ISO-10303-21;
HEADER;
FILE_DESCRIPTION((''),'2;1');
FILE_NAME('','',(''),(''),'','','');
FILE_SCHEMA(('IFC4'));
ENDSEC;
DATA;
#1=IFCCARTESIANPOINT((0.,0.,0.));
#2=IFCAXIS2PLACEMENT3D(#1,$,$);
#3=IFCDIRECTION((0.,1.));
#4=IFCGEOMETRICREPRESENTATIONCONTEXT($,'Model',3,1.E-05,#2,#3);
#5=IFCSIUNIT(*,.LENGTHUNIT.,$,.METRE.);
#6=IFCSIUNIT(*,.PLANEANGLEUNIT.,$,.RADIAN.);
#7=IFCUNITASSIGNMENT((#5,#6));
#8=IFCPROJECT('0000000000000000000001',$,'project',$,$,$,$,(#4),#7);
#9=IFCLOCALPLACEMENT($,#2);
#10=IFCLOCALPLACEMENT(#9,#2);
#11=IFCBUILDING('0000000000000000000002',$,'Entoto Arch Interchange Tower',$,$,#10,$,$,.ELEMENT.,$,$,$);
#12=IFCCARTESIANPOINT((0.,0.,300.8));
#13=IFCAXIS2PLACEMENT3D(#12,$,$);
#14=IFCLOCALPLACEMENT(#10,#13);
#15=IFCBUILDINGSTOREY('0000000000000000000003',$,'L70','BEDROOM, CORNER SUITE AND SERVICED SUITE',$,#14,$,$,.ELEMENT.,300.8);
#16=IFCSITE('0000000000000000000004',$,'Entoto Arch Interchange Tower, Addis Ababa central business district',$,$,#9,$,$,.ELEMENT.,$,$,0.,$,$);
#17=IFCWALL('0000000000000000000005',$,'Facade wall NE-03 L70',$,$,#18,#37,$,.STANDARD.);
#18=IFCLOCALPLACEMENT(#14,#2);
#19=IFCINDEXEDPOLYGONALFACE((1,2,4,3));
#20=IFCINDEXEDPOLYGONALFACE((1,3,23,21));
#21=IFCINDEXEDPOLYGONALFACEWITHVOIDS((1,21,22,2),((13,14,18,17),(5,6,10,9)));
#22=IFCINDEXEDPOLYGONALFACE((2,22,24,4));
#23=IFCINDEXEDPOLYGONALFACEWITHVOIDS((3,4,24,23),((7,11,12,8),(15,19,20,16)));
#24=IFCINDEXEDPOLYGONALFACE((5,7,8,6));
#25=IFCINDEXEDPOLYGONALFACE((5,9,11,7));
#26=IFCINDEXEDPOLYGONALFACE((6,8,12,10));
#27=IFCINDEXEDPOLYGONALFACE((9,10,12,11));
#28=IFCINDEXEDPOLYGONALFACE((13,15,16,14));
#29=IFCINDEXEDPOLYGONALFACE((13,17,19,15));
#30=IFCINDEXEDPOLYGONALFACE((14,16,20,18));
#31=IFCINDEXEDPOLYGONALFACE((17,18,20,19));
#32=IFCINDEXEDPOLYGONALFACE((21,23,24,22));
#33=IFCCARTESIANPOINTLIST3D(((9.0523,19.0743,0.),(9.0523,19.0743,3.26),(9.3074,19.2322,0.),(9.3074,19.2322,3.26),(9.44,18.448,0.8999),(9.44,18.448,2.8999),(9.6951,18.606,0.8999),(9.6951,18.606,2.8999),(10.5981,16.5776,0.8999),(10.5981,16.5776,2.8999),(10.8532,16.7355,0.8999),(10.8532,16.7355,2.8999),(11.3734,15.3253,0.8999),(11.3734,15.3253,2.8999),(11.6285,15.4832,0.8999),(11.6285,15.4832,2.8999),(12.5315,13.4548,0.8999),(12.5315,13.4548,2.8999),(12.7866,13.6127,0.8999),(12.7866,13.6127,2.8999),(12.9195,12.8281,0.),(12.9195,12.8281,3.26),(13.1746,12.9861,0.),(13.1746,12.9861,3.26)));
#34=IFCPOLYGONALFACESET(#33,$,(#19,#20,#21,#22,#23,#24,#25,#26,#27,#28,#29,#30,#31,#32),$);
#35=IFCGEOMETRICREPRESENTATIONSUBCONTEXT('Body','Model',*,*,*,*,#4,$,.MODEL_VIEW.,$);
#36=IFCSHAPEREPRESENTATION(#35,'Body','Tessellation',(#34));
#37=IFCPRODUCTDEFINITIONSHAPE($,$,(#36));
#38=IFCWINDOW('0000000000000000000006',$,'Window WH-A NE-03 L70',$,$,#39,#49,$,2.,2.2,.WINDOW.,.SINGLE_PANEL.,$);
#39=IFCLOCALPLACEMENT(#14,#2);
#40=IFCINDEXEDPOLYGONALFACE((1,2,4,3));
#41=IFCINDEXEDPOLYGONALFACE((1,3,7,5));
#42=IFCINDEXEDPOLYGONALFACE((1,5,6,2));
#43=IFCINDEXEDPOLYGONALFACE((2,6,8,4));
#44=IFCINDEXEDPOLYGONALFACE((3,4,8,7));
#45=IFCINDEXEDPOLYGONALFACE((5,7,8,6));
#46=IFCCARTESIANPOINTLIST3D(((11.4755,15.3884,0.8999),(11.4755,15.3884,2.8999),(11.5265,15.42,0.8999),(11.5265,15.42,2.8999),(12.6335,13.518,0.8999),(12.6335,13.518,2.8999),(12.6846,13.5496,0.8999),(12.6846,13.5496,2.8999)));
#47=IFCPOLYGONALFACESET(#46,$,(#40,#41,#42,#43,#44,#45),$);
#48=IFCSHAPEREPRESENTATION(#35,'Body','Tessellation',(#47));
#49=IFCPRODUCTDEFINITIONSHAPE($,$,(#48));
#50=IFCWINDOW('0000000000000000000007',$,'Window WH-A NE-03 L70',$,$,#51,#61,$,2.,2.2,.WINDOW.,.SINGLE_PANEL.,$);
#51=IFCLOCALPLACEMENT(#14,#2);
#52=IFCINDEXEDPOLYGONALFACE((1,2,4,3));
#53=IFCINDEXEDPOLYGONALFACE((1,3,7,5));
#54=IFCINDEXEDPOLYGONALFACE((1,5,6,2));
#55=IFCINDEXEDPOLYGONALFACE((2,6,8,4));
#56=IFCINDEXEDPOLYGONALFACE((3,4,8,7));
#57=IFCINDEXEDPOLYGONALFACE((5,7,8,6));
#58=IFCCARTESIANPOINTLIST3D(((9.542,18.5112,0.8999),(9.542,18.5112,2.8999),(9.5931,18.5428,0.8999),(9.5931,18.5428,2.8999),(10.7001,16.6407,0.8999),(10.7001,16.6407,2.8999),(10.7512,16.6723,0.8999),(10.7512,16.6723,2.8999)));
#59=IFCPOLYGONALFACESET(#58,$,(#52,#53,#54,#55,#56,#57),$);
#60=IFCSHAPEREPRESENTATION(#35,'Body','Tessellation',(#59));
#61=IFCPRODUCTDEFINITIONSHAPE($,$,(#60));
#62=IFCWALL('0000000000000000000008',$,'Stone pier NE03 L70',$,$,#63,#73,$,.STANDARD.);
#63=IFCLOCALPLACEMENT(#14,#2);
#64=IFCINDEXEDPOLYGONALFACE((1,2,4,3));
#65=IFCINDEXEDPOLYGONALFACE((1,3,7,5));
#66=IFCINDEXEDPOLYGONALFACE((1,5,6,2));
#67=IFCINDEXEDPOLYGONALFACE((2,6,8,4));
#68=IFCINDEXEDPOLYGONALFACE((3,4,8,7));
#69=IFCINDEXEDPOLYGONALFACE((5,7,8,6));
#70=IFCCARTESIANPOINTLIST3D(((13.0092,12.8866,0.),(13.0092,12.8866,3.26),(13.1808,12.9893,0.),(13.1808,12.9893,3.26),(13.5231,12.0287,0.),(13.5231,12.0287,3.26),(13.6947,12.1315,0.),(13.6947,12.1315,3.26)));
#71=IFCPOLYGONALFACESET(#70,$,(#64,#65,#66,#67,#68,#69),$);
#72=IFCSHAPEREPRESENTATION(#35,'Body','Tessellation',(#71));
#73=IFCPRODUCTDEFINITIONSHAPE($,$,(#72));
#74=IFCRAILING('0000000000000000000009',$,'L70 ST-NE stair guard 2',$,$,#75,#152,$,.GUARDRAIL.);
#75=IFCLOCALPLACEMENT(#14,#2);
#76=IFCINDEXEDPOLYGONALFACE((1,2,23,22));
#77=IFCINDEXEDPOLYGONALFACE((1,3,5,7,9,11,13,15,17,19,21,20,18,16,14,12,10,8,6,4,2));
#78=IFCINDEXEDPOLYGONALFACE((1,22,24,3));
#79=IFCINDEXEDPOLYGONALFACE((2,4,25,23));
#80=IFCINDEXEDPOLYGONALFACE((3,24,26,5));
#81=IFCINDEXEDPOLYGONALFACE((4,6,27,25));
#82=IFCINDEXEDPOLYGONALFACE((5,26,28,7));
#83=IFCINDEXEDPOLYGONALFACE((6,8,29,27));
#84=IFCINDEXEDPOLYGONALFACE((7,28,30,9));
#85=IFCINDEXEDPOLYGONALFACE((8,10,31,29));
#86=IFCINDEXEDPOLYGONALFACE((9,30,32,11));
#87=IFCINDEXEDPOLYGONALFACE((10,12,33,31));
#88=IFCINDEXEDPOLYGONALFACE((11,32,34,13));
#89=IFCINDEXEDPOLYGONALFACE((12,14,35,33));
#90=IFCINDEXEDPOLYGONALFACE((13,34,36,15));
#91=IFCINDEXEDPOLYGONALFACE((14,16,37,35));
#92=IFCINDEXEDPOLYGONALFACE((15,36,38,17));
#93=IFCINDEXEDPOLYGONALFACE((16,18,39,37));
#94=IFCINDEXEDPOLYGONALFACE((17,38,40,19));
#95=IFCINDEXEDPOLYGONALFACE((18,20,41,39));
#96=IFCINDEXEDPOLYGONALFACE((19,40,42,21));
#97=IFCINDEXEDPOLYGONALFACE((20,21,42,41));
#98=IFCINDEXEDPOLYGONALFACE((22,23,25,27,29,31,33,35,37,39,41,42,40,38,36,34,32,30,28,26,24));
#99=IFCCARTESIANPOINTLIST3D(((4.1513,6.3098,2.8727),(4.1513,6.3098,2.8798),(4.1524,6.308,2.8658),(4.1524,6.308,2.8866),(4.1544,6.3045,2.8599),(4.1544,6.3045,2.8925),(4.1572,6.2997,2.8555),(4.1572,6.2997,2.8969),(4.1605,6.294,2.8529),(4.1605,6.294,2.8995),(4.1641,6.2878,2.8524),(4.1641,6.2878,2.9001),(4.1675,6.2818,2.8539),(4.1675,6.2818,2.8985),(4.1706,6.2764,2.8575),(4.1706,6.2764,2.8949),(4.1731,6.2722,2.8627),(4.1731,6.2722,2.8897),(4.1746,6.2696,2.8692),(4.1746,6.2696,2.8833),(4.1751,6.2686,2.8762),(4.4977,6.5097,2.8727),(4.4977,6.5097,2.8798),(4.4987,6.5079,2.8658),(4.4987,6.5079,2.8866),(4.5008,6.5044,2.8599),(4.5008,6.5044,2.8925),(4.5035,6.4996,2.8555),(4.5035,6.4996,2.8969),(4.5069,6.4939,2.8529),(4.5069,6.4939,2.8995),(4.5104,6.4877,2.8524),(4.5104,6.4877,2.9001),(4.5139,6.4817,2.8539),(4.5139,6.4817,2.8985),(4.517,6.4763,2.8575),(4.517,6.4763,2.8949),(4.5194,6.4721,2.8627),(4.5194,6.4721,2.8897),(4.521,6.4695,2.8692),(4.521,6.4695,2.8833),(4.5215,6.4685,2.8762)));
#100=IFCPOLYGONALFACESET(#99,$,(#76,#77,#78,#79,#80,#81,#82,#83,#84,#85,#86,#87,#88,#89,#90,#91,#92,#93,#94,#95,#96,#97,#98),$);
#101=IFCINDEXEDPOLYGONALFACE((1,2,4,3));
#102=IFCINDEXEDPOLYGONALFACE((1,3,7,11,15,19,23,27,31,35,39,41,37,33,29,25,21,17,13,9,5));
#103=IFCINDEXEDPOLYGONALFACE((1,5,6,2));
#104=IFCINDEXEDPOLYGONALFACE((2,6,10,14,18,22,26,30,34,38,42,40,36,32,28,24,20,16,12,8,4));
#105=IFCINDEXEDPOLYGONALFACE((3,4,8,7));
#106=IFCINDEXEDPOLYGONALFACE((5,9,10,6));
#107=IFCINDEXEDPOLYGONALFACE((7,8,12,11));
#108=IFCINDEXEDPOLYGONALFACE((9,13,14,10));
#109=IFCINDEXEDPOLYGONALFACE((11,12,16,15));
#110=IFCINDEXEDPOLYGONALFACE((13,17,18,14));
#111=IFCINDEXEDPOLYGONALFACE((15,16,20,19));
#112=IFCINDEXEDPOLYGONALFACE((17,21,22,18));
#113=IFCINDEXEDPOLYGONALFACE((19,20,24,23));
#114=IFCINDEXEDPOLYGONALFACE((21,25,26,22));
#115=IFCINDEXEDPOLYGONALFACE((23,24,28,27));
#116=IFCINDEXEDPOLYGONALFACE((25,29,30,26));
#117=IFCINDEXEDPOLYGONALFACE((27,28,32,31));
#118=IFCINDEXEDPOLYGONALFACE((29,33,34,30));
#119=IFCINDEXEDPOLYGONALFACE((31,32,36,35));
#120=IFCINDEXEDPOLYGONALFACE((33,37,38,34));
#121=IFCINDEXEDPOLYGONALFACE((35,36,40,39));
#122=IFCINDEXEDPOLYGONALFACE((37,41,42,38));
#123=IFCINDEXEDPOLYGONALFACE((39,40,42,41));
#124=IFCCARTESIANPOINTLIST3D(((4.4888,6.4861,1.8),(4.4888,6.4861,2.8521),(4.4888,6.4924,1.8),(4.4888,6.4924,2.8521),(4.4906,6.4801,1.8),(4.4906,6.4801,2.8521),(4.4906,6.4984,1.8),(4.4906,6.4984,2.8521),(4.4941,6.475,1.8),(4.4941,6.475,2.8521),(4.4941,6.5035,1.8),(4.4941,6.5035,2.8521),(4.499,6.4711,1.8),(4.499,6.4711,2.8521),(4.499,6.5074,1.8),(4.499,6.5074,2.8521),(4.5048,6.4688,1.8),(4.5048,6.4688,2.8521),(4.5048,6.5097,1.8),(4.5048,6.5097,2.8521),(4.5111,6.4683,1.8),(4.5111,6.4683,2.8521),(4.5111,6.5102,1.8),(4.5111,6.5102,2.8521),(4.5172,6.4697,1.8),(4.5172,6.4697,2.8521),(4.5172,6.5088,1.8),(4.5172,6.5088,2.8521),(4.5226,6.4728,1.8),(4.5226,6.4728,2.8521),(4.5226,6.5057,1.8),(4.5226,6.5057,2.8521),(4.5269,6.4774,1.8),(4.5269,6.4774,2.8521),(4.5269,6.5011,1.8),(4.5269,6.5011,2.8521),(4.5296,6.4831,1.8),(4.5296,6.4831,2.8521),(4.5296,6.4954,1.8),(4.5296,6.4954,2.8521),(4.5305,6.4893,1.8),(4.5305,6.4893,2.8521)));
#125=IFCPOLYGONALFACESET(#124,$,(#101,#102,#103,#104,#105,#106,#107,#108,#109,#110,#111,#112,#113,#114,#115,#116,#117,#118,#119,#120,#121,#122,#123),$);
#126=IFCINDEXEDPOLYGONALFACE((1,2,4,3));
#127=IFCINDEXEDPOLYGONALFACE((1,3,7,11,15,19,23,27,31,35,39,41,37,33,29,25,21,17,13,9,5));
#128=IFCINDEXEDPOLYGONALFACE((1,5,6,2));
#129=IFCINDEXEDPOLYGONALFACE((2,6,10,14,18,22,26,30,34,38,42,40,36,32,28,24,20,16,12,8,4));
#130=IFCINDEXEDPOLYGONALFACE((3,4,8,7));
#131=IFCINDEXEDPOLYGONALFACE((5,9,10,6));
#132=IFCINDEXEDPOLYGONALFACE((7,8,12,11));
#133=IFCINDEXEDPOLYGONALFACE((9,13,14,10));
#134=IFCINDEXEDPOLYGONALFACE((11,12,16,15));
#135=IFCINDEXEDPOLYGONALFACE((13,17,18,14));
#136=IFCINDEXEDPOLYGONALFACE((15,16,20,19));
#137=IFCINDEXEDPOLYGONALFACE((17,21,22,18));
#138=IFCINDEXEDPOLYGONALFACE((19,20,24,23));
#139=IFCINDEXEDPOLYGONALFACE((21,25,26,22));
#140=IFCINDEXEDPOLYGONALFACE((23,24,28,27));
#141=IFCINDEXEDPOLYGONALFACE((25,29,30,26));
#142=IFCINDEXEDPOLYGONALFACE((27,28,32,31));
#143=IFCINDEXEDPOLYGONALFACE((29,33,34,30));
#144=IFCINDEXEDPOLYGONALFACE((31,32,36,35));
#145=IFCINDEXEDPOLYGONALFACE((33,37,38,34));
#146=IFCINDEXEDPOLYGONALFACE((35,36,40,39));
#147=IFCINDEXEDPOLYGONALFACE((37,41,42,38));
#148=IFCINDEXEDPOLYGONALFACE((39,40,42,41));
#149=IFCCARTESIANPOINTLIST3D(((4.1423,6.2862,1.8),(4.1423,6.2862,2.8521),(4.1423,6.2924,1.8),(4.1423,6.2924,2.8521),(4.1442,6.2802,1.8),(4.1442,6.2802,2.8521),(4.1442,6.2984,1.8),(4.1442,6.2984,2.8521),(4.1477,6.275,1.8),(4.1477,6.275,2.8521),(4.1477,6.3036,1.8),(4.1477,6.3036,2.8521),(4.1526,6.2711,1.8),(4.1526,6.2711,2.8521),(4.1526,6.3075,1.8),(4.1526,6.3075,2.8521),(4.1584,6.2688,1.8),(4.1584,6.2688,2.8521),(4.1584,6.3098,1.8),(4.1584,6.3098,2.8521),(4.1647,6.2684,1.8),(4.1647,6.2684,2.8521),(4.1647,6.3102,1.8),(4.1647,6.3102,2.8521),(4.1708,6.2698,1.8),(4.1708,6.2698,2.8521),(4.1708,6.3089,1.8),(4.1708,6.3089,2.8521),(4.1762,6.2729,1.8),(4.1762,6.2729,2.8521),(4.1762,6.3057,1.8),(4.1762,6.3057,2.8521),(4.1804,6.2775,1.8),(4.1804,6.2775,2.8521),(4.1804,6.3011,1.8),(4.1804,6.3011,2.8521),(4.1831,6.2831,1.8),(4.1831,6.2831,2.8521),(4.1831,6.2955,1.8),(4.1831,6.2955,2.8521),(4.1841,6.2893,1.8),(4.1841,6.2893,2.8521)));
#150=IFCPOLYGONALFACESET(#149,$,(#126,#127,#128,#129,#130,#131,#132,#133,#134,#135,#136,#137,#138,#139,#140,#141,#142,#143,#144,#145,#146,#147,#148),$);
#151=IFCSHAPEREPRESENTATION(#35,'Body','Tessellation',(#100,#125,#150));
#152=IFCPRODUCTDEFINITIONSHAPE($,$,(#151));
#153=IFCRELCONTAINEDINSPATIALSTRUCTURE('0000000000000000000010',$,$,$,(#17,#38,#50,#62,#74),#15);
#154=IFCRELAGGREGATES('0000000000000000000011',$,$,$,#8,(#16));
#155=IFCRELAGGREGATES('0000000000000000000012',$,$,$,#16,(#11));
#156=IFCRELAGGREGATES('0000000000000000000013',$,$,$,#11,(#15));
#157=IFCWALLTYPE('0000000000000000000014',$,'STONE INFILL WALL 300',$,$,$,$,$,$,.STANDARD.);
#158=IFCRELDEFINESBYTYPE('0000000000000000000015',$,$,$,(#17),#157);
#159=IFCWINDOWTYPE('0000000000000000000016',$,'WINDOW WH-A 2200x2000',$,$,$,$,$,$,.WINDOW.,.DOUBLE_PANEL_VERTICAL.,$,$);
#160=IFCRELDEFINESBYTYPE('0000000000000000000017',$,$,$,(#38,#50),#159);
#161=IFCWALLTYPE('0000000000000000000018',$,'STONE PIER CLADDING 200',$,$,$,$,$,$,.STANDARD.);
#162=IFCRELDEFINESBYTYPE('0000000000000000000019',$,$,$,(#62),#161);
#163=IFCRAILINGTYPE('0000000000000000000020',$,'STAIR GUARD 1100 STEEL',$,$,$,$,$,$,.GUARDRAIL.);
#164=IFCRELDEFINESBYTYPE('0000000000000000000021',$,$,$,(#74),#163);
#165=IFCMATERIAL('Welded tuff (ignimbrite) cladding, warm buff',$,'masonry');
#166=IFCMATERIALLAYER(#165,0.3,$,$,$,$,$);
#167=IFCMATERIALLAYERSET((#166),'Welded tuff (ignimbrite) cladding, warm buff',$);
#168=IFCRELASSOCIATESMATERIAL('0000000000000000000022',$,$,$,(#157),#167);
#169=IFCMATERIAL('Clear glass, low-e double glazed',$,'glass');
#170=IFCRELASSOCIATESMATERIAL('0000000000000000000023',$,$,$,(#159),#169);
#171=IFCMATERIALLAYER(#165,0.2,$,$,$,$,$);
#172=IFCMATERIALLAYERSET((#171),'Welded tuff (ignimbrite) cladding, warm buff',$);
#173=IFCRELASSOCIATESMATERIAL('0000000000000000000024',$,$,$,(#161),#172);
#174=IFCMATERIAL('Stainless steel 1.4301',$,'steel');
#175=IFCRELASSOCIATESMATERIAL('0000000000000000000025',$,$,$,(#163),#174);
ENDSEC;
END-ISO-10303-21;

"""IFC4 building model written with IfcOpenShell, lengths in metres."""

from ifc_helpers import new_model, si_unit, direction, frame, frame_2d, origin, origin_2d, place, context, subcontext, project, spatial, rectangle, circle, extrude, material, layer, layer_set, type_object, element, fill, save


model = new_model("IFC4")

# Units and contexts
model_context = context("Model", 3, precision=1e-05, world=origin(), true_north=direction((0.0, 1.0)))
body_context = subcontext(model_context, "Body", "Model", "MODEL_VIEW")
ifc_project = project(units=[si_unit("LENGTHUNIT", "METRE"), si_unit("PLANEANGLEUNIT", "RADIAN")], contexts=[model_context])

# Site, building, storey
site_placement = place(None, origin())
site = spatial("IfcSite", under=ifc_project, at=site_placement, Name="Entoto Arch Interchange Tower, Addis Ababa central business district", CompositionType="ELEMENT", RefElevation=0.0)
building_placement = place(site_placement, origin())
building = spatial("IfcBuilding", under=site, at=building_placement, Name="Entoto Arch Interchange Tower", CompositionType="ELEMENT")
storey_placement = place(building_placement, frame((0.0, 0.0, 300.8)))
storey = spatial("IfcBuildingStorey", under=building, at=storey_placement, Name="L70", Description="BEDROOM, CORNER SUITE AND SERVICED SUITE", CompositionType="ELEMENT", Elevation=300.8)

# Wall, openings, windows
ifc_material_1 = material(Name="Welded tuff (ignimbrite) cladding, warm buff", Category="masonry")
ifc_layer_1 = layer(ifc_material_1, 0.3)
ifc_layer_set_1 = layer_set([ifc_layer_1], Name="Welded tuff (ignimbrite) cladding, warm buff")
wall_type_1 = type_object("IfcWallType", Name="STONE INFILL WALL 300", PredefinedType="STANDARD", material=ifc_layer_set_1)
wall_1_placement = place(storey_placement, frame((13.0471, 12.907, 0.0), z_axis=(0.0, 0.0, 1.0), x_axis=(-0.52641, 0.850231, 0.0)))
wall_1 = element("IfcWall", 1, at=wall_1_placement, inside=storey, type_object=wall_type_1, Name="Facade wall NE-03 L70", PredefinedType="STANDARD", context=body_context, shape_type="SweptSolid", body=[
    extrude(rectangle(XDim=7.3464, YDim=0.3, at=frame_2d((3.6733, 0.0))), origin(), (0.0, 0.0, 1.0), 3.26),
])
opening_1_placement = place(wall_1_placement, frame((0.7371, 0.0, 0.8999)))
opening_1 = element("IfcOpeningElement", 2, at=opening_1_placement, cuts=wall_1, PredefinedType="OPENING", context=body_context, shape_type="SweptSolid", body=[
    extrude(rectangle(XDim=2.2, YDim=2.0, at=frame_2d((1.1001, 1.0))), frame((0.0, 0.1602, 0.0), z_axis=(0.0, -1.0, 0.0), x_axis=(1.0, 0.0, 0.0)), (0.0, 0.0, 1.0), 0.3201),
])
opening_2_placement = place(wall_1_placement, frame((4.4099, 0.0, 0.8999)))
opening_2 = element("IfcOpeningElement", 3, at=opening_2_placement, cuts=wall_1, PredefinedType="OPENING", context=body_context, shape_type="SweptSolid", body=[
    extrude(rectangle(XDim=2.2, YDim=2.0, at=frame_2d((1.1001, 1.0))), frame((0.0, 0.1602, 0.0), z_axis=(0.0, -1.0, 0.0), x_axis=(1.0, 0.0, 0.0)), (0.0, 0.0, 1.0), 0.3201),
])
ifc_material_2 = material(Name="Clear glass, low-e double glazed", Category="glass")
window_type = type_object("IfcWindowType", Name="WINDOW WH-A 2200x2000", PartitioningType="DOUBLE_PANEL_VERTICAL", PredefinedType="WINDOW", material=ifc_material_2)
window_1_placement = place(opening_1_placement, origin())
window_1 = element("IfcWindow", 4, at=window_1_placement, inside=storey, type_object=window_type, Name="Window WH-A NE-03 L70", OverallHeight=2.0, OverallWidth=2.2, PartitioningType="SINGLE_PANEL", PredefinedType="WINDOW", context=body_context, shape_type="SweptSolid", body=[
    extrude(rectangle(XDim=2.2, YDim=2.0, at=frame_2d((1.1001, 1.0))), frame((0.0, 0.03, 0.0), z_axis=(0.0, -1.0, 0.0), x_axis=(1.0, 0.0, 0.0)), (0.0, 0.0, 1.0), 0.0601),
])
fill(opening_1, window_1)
window_2_placement = place(opening_2_placement, origin())
window_2 = element("IfcWindow", 5, at=window_2_placement, inside=storey, type_object=window_type, Name="Window WH-A NE-03 L70", OverallHeight=2.0, OverallWidth=2.2, PartitioningType="SINGLE_PANEL", PredefinedType="WINDOW", context=body_context, shape_type="SweptSolid", body=[
    extrude(rectangle(XDim=2.2, YDim=2.0, at=frame_2d((1.1001, 1.0))), frame((0.0, 0.03, 0.0), z_axis=(0.0, -1.0, 0.0), x_axis=(1.0, 0.0, 0.0)), (0.0, 0.0, 1.0), 0.0601),
])
fill(opening_2, window_2)

# Wall
ifc_layer_2 = layer(ifc_material_1, 0.2)
ifc_layer_set_2 = layer_set([ifc_layer_2], Name="Welded tuff (ignimbrite) cladding, warm buff")
wall_type_2 = type_object("IfcWallType", Name="STONE PIER CLADDING 200", PredefinedType="STANDARD", material=ifc_layer_set_2)
wall_2_placement = place(storey_placement, frame((13.6089, 12.0801, 0.0), z_axis=(0.0, 0.0, 1.0), x_axis=(-0.513885, 0.857859, 0.0)))
element("IfcWall", 6, at=wall_2_placement, inside=storey, type_object=wall_type_2, Name="Stone pier NE03 L70", PredefinedType="STANDARD", context=body_context, shape_type="SweptSolid", body=[
    extrude(rectangle(XDim=1.0, YDim=0.2, at=frame_2d((0.5, 0.0))), origin(), (0.0, 0.0, 1.0), 3.26),
])

# Railing
ifc_material_3 = material(Name="Stainless steel 1.4301", Category="steel")
railing_type = type_object("IfcRailingType", Name="STAIR GUARD 1100 STEEL", PredefinedType="GUARDRAIL", material=ifc_material_3)
railing_placement = place(storey_placement, frame((4.5095, 6.4893, 1.8)))
element("IfcRailing", 7, at=railing_placement, inside=storey, type_object=railing_type, Name="L70 ST-NE stair guard 2", PredefinedType="GUARDRAIL", context=body_context, shape_type="SweptSolid", body=[
    extrude(circle(Radius=0.0239, at=origin_2d()), frame((0.0, 0.0, 1.0762), z_axis=(-0.866094, -0.499881, 0.0), x_axis=(0.499881, -0.866094, 0.0)), (0.0, 0.0, 1.0), 0.3999),
    extrude(circle(Radius=0.021, at=origin_2d()), origin(), (0.0, 0.0, 1.0), 1.052),
    extrude(circle(Radius=0.021, at=origin_2d()), frame((-0.3464, -0.2, 0.0)), (0.0, 0.0, 1.0), 1.052),
])

save(model, "model.ifc")
